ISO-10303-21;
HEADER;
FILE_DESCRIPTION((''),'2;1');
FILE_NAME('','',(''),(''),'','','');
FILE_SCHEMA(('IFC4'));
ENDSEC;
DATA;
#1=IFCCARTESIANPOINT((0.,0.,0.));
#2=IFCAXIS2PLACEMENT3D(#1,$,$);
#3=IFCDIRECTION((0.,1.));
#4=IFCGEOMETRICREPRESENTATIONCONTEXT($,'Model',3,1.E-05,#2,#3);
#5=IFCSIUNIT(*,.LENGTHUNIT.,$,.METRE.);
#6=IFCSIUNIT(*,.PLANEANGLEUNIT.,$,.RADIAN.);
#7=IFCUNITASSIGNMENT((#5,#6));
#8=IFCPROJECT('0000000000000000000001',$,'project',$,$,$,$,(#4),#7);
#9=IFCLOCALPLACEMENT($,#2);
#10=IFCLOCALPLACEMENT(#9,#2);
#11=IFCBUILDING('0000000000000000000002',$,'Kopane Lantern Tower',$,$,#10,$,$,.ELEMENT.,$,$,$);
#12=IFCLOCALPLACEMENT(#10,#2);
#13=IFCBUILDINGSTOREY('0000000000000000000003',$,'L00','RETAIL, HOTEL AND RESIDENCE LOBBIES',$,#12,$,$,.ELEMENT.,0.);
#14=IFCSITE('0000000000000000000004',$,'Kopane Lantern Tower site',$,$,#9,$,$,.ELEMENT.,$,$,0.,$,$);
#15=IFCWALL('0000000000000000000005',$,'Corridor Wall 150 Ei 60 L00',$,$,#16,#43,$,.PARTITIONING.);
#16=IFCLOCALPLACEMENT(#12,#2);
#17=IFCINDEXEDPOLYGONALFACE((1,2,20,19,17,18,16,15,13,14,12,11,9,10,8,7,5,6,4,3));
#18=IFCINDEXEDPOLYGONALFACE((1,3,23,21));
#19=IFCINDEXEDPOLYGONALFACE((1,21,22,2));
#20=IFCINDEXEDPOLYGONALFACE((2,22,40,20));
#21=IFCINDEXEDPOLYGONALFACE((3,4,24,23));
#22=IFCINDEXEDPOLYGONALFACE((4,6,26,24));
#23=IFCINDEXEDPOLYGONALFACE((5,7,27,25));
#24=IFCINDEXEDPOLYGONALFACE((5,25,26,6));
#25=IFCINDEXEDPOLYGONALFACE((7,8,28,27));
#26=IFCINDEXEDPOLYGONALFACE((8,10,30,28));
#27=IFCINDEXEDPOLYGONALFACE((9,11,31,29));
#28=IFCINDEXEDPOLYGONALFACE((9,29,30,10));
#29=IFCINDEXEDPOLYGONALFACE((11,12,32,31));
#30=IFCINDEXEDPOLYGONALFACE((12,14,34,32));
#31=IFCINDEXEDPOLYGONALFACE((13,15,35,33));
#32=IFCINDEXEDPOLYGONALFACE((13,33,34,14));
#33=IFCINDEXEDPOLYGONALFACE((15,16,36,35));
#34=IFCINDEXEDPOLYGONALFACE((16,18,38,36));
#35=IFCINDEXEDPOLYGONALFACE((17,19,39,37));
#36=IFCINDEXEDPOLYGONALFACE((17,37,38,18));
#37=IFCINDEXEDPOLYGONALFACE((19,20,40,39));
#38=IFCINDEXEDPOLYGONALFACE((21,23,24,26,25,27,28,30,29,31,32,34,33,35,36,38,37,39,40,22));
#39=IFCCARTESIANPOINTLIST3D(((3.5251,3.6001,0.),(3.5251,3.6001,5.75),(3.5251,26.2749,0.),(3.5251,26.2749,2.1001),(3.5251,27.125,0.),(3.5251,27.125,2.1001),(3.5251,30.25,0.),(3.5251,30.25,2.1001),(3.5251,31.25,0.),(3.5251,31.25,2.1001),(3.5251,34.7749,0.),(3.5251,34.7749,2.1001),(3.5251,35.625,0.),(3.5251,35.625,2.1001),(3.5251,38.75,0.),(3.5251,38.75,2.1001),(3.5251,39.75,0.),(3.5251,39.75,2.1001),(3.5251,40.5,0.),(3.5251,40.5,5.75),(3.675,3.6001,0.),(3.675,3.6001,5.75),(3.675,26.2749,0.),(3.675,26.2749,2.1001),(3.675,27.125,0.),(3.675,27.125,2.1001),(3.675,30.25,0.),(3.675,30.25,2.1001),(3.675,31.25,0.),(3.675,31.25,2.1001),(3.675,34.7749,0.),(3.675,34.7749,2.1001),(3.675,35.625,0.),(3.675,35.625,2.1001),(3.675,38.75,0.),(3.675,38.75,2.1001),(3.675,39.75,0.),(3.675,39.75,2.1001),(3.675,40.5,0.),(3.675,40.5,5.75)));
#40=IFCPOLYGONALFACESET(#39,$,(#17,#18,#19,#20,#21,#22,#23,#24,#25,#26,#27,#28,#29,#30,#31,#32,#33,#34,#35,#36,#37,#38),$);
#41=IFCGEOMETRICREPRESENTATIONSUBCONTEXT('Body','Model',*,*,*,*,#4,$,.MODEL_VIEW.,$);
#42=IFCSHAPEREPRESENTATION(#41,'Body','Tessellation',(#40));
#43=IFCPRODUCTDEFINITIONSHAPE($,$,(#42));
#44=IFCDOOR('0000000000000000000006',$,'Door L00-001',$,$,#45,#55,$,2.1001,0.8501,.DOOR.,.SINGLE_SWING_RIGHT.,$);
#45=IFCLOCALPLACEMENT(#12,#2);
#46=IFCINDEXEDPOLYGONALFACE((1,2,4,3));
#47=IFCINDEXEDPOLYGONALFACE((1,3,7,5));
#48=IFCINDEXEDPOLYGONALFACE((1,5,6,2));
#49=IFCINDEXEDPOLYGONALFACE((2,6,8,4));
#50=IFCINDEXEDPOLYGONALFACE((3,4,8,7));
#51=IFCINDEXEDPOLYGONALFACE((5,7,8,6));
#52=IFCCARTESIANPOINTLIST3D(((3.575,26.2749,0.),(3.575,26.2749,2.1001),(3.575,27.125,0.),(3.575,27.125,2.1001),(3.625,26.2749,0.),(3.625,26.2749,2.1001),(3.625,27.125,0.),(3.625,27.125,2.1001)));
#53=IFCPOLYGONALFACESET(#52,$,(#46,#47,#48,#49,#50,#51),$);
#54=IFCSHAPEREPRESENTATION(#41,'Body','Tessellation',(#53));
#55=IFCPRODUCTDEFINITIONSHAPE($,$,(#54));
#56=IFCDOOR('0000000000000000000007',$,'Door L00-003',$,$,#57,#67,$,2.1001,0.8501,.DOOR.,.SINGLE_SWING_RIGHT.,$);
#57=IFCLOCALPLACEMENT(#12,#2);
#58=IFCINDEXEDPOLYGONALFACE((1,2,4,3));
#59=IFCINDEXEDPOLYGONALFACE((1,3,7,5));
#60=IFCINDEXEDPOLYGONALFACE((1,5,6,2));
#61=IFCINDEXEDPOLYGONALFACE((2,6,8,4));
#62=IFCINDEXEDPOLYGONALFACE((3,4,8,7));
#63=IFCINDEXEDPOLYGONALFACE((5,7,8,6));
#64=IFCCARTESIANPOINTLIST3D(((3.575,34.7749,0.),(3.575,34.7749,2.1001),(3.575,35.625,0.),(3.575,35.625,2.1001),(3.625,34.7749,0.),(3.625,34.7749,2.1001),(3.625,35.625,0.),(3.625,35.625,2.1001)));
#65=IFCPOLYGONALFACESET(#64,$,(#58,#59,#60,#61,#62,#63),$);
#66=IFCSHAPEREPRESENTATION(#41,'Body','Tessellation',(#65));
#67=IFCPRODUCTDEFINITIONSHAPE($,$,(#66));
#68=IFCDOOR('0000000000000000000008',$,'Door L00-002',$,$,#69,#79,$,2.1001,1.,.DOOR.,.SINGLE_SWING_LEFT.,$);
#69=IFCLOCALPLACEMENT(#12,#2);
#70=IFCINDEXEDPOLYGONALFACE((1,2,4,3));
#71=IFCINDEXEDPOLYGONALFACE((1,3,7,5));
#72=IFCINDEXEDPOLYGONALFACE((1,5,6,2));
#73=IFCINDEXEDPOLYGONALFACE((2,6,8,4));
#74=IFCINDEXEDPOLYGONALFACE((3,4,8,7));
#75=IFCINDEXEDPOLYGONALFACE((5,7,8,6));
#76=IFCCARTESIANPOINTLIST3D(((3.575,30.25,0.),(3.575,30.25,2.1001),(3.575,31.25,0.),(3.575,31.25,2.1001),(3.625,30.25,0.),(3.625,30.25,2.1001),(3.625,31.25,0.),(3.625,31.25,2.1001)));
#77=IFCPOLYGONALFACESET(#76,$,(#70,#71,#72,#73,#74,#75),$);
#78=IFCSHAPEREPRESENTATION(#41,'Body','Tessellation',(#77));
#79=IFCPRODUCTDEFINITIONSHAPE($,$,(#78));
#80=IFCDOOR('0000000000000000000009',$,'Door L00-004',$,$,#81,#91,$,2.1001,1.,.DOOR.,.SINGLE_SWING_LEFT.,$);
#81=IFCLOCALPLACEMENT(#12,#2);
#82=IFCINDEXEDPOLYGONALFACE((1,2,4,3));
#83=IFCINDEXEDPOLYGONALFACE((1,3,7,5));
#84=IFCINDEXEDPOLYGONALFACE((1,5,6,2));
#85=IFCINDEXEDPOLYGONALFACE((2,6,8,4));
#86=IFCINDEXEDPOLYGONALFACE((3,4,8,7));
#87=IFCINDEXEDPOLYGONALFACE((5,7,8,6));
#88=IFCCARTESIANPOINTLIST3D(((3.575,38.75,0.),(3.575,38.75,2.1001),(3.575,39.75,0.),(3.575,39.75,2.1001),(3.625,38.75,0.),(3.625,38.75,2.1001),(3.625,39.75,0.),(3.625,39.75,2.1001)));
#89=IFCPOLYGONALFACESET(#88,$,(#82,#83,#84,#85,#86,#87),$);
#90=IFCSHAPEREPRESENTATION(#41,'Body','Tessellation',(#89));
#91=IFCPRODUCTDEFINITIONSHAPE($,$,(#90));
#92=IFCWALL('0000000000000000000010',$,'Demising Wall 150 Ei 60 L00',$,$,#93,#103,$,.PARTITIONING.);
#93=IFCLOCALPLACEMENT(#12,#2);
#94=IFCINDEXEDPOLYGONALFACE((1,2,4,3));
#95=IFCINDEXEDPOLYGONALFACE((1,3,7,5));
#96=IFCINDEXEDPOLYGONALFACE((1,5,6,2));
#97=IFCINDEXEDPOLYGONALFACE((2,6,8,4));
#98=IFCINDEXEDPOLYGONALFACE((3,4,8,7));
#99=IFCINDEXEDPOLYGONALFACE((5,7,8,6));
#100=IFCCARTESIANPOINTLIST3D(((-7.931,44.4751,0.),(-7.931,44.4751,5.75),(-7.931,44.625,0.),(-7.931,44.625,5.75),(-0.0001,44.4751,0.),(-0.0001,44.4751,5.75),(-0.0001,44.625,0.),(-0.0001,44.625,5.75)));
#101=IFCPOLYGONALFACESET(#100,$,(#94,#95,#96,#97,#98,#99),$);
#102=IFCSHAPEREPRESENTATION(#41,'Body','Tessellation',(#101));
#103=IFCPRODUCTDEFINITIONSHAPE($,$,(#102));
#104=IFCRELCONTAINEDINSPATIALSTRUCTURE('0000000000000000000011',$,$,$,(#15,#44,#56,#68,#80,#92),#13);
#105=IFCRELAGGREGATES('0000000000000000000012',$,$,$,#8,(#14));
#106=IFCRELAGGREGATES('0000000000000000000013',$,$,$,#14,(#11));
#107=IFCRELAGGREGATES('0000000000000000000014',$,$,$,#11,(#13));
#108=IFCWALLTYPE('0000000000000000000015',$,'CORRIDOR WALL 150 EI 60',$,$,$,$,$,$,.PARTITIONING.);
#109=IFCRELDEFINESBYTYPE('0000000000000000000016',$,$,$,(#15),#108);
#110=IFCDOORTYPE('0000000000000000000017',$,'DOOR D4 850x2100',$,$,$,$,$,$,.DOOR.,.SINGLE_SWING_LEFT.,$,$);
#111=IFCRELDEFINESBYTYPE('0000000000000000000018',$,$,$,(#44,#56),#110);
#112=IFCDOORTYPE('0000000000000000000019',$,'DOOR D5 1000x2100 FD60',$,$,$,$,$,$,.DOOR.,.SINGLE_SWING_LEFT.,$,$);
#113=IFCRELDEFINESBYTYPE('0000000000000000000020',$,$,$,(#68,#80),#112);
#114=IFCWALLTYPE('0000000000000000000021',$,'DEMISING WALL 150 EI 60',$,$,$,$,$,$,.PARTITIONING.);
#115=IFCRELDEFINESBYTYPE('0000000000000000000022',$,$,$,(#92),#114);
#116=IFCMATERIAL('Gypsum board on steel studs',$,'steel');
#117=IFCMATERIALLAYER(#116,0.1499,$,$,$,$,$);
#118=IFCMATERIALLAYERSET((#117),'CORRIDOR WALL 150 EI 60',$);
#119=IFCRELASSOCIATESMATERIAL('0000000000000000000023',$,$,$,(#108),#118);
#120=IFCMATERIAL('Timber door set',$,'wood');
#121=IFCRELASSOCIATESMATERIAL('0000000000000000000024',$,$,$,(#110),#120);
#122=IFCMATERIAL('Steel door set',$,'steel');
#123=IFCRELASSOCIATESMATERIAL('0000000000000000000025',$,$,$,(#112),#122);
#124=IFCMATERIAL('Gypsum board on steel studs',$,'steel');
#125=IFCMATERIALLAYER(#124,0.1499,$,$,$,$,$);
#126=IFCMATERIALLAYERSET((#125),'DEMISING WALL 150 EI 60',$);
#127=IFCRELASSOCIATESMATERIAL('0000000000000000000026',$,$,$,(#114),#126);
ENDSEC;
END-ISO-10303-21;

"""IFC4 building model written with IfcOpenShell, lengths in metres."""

from ifc_helpers import new_model, si_unit, direction, frame, frame_2d, origin, place, context, subcontext, project, spatial, rectangle, extrude, material, layer, layer_set, type_object, element, fill, save


model = new_model("IFC4")

# Units and contexts
model_context = context("Model", 3, precision=1e-05, world=origin(), true_north=direction((0.0, 1.0)))
body_context = subcontext(model_context, "Body", "Model", "MODEL_VIEW")
ifc_project = project(units=[si_unit("LENGTHUNIT", "METRE"), si_unit("PLANEANGLEUNIT", "RADIAN")], contexts=[model_context])

# Site, building, storey
site_placement = place(None, origin())
site = spatial("IfcSite", under=ifc_project, at=site_placement, Name="Kopane Lantern Tower site", CompositionType="ELEMENT", RefElevation=0.0)
building_placement = place(site_placement, origin())
building = spatial("IfcBuilding", under=site, at=building_placement, Name="Kopane Lantern Tower", CompositionType="ELEMENT")
storey_placement = place(building_placement, origin())
storey = spatial("IfcBuildingStorey", under=building, at=storey_placement, Name="L00", Description="RETAIL, HOTEL AND RESIDENCE LOBBIES", CompositionType="ELEMENT", Elevation=0.0)

# Wall, openings, doors
ifc_material_1 = material(Name="Gypsum board on steel studs", Category="steel")
ifc_layer_1 = layer(ifc_material_1, 0.1499)
ifc_layer_set_1 = layer_set([ifc_layer_1], Name="CORRIDOR WALL 150 EI 60")
wall_type_1 = type_object("IfcWallType", Name="CORRIDOR WALL 150 EI 60", PredefinedType="PARTITIONING", material=ifc_layer_set_1)
wall_1_placement = place(storey_placement, frame((3.6001, 40.5, 0.0), z_axis=(0.0, 0.0, 1.0), x_axis=(0.0, -1.0, 0.0)))
wall_1 = element("IfcWall", 1, at=wall_1_placement, inside=storey, type_object=wall_type_1, Name="Corridor Wall 150 Ei 60 L00", PredefinedType="PARTITIONING", context=body_context, shape_type="SweptSolid", body=[
    extrude(rectangle(XDim=36.8999, YDim=0.1499, at=frame_2d((18.45, 0.0))), origin(), (0.0, 0.0, 1.0), 5.75),
])
opening_1_placement = place(wall_1_placement, frame((13.375, 0.0, 0.0)))
opening_1 = element("IfcOpeningElement", 2, at=opening_1_placement, cuts=wall_1, PredefinedType="OPENING", context=body_context, shape_type="SweptSolid", body=[
    extrude(rectangle(XDim=0.8501, YDim=2.1001, at=frame_2d((0.425, 1.05))), frame((0.0, 0.085, 0.0), z_axis=(0.0, -1.0, 0.0), x_axis=(1.0, 0.0, 0.0)), (0.0, 0.0, 1.0), 0.1699),
])
opening_2_placement = place(wall_1_placement, frame((9.25, 0.0, 0.0)))
opening_2 = element("IfcOpeningElement", 3, at=opening_2_placement, cuts=wall_1, PredefinedType="OPENING", context=body_context, shape_type="SweptSolid", body=[
    extrude(rectangle(XDim=1.0, YDim=2.1001, at=frame_2d((0.5, 1.05))), frame((0.0, 0.085, 0.0), z_axis=(0.0, -1.0, 0.0), x_axis=(1.0, 0.0, 0.0)), (0.0, 0.0, 1.0), 0.1699),
])
opening_3_placement = place(wall_1_placement, frame((4.875, 0.0, 0.0)))
opening_3 = element("IfcOpeningElement", 4, at=opening_3_placement, cuts=wall_1, PredefinedType="OPENING", context=body_context, shape_type="SweptSolid", body=[
    extrude(rectangle(XDim=0.8501, YDim=2.1001, at=frame_2d((0.425, 1.05))), frame((0.0, 0.085, 0.0), z_axis=(0.0, -1.0, 0.0), x_axis=(1.0, 0.0, 0.0)), (0.0, 0.0, 1.0), 0.1699),
])
opening_4_placement = place(wall_1_placement, frame((0.75, 0.0, 0.0)))
opening_4 = element("IfcOpeningElement", 5, at=opening_4_placement, cuts=wall_1, PredefinedType="OPENING", context=body_context, shape_type="SweptSolid", body=[
    extrude(rectangle(XDim=1.0, YDim=2.1001, at=frame_2d((0.5, 1.05))), frame((0.0, 0.085, 0.0), z_axis=(0.0, -1.0, 0.0), x_axis=(1.0, 0.0, 0.0)), (0.0, 0.0, 1.0), 0.1699),
])
ifc_material_2 = material(Name="Timber door set", Category="wood")
door_type_1 = type_object("IfcDoorType", Name="DOOR D4 850x2100", OperationType="SINGLE_SWING_LEFT", PredefinedType="DOOR", material=ifc_material_2)
door_1_placement = place(opening_1_placement, origin())
door_1 = element("IfcDoor", 6, at=door_1_placement, inside=storey, type_object=door_type_1, Name="Door L00-001", OperationType="SINGLE_SWING_RIGHT", OverallHeight=2.1001, OverallWidth=0.8501, PredefinedType="DOOR", context=body_context, shape_type="SweptSolid", body=[
    extrude(rectangle(XDim=0.8501, YDim=2.1001, at=frame_2d((0.425, 1.05))), frame((0.0, 0.0249, 0.0), z_axis=(0.0, -1.0, 0.0), x_axis=(1.0, 0.0, 0.0)), (0.0, 0.0, 1.0), 0.05),
])
fill(opening_1, door_1)
door_2_placement = place(opening_3_placement, origin())
door_2 = element("IfcDoor", 7, at=door_2_placement, inside=storey, type_object=door_type_1, Name="Door L00-003", OperationType="SINGLE_SWING_RIGHT", OverallHeight=2.1001, OverallWidth=0.8501, PredefinedType="DOOR", context=body_context, shape_type="SweptSolid", body=[
    extrude(rectangle(XDim=0.8501, YDim=2.1001, at=frame_2d((0.425, 1.05))), frame((0.0, 0.0249, 0.0), z_axis=(0.0, -1.0, 0.0), x_axis=(1.0, 0.0, 0.0)), (0.0, 0.0, 1.0), 0.05),
])
fill(opening_3, door_2)
ifc_material_3 = material(Name="Steel door set", Category="steel")
door_type_2 = type_object("IfcDoorType", Name="DOOR D5 1000x2100 FD60", OperationType="SINGLE_SWING_LEFT", PredefinedType="DOOR", material=ifc_material_3)
door_3_placement = place(opening_2_placement, origin())
door_3 = element("IfcDoor", 8, at=door_3_placement, inside=storey, type_object=door_type_2, Name="Door L00-002", OperationType="SINGLE_SWING_LEFT", OverallHeight=2.1001, OverallWidth=1.0, PredefinedType="DOOR", context=body_context, shape_type="SweptSolid", body=[
    extrude(rectangle(XDim=1.0, YDim=2.1001, at=frame_2d((0.5, 1.05))), frame((0.0, 0.0249, 0.0), z_axis=(0.0, -1.0, 0.0), x_axis=(1.0, 0.0, 0.0)), (0.0, 0.0, 1.0), 0.05),
])
fill(opening_2, door_3)
door_4_placement = place(opening_4_placement, origin())
door_4 = element("IfcDoor", 9, at=door_4_placement, inside=storey, type_object=door_type_2, Name="Door L00-004", OperationType="SINGLE_SWING_LEFT", OverallHeight=2.1001, OverallWidth=1.0, PredefinedType="DOOR", context=body_context, shape_type="SweptSolid", body=[
    extrude(rectangle(XDim=1.0, YDim=2.1001, at=frame_2d((0.5, 1.05))), frame((0.0, 0.0249, 0.0), z_axis=(0.0, -1.0, 0.0), x_axis=(1.0, 0.0, 0.0)), (0.0, 0.0, 1.0), 0.05),
])
fill(opening_4, door_4)

# Wall
ifc_material_4 = material(Name="Gypsum board on steel studs", Category="steel")
ifc_layer_2 = layer(ifc_material_4, 0.1499)
ifc_layer_set_2 = layer_set([ifc_layer_2], Name="DEMISING WALL 150 EI 60")
wall_type_2 = type_object("IfcWallType", Name="DEMISING WALL 150 EI 60", PredefinedType="PARTITIONING", material=ifc_layer_set_2)
wall_2_placement = place(storey_placement, frame((-7.9309, 44.55, 0.0), z_axis=(0.0, 0.0, 1.0), x_axis=(1.0, 0.0, 0.0)))
element("IfcWall", 10, at=wall_2_placement, inside=storey, type_object=wall_type_2, Name="Demising Wall 150 Ei 60 L00", PredefinedType="PARTITIONING", context=body_context, shape_type="SweptSolid", body=[
    extrude(rectangle(XDim=7.9309, YDim=0.1499, at=frame_2d((3.9653, 0.0))), origin(), (0.0, 0.0, 1.0), 5.75),
])

save(model, "model.ifc")
